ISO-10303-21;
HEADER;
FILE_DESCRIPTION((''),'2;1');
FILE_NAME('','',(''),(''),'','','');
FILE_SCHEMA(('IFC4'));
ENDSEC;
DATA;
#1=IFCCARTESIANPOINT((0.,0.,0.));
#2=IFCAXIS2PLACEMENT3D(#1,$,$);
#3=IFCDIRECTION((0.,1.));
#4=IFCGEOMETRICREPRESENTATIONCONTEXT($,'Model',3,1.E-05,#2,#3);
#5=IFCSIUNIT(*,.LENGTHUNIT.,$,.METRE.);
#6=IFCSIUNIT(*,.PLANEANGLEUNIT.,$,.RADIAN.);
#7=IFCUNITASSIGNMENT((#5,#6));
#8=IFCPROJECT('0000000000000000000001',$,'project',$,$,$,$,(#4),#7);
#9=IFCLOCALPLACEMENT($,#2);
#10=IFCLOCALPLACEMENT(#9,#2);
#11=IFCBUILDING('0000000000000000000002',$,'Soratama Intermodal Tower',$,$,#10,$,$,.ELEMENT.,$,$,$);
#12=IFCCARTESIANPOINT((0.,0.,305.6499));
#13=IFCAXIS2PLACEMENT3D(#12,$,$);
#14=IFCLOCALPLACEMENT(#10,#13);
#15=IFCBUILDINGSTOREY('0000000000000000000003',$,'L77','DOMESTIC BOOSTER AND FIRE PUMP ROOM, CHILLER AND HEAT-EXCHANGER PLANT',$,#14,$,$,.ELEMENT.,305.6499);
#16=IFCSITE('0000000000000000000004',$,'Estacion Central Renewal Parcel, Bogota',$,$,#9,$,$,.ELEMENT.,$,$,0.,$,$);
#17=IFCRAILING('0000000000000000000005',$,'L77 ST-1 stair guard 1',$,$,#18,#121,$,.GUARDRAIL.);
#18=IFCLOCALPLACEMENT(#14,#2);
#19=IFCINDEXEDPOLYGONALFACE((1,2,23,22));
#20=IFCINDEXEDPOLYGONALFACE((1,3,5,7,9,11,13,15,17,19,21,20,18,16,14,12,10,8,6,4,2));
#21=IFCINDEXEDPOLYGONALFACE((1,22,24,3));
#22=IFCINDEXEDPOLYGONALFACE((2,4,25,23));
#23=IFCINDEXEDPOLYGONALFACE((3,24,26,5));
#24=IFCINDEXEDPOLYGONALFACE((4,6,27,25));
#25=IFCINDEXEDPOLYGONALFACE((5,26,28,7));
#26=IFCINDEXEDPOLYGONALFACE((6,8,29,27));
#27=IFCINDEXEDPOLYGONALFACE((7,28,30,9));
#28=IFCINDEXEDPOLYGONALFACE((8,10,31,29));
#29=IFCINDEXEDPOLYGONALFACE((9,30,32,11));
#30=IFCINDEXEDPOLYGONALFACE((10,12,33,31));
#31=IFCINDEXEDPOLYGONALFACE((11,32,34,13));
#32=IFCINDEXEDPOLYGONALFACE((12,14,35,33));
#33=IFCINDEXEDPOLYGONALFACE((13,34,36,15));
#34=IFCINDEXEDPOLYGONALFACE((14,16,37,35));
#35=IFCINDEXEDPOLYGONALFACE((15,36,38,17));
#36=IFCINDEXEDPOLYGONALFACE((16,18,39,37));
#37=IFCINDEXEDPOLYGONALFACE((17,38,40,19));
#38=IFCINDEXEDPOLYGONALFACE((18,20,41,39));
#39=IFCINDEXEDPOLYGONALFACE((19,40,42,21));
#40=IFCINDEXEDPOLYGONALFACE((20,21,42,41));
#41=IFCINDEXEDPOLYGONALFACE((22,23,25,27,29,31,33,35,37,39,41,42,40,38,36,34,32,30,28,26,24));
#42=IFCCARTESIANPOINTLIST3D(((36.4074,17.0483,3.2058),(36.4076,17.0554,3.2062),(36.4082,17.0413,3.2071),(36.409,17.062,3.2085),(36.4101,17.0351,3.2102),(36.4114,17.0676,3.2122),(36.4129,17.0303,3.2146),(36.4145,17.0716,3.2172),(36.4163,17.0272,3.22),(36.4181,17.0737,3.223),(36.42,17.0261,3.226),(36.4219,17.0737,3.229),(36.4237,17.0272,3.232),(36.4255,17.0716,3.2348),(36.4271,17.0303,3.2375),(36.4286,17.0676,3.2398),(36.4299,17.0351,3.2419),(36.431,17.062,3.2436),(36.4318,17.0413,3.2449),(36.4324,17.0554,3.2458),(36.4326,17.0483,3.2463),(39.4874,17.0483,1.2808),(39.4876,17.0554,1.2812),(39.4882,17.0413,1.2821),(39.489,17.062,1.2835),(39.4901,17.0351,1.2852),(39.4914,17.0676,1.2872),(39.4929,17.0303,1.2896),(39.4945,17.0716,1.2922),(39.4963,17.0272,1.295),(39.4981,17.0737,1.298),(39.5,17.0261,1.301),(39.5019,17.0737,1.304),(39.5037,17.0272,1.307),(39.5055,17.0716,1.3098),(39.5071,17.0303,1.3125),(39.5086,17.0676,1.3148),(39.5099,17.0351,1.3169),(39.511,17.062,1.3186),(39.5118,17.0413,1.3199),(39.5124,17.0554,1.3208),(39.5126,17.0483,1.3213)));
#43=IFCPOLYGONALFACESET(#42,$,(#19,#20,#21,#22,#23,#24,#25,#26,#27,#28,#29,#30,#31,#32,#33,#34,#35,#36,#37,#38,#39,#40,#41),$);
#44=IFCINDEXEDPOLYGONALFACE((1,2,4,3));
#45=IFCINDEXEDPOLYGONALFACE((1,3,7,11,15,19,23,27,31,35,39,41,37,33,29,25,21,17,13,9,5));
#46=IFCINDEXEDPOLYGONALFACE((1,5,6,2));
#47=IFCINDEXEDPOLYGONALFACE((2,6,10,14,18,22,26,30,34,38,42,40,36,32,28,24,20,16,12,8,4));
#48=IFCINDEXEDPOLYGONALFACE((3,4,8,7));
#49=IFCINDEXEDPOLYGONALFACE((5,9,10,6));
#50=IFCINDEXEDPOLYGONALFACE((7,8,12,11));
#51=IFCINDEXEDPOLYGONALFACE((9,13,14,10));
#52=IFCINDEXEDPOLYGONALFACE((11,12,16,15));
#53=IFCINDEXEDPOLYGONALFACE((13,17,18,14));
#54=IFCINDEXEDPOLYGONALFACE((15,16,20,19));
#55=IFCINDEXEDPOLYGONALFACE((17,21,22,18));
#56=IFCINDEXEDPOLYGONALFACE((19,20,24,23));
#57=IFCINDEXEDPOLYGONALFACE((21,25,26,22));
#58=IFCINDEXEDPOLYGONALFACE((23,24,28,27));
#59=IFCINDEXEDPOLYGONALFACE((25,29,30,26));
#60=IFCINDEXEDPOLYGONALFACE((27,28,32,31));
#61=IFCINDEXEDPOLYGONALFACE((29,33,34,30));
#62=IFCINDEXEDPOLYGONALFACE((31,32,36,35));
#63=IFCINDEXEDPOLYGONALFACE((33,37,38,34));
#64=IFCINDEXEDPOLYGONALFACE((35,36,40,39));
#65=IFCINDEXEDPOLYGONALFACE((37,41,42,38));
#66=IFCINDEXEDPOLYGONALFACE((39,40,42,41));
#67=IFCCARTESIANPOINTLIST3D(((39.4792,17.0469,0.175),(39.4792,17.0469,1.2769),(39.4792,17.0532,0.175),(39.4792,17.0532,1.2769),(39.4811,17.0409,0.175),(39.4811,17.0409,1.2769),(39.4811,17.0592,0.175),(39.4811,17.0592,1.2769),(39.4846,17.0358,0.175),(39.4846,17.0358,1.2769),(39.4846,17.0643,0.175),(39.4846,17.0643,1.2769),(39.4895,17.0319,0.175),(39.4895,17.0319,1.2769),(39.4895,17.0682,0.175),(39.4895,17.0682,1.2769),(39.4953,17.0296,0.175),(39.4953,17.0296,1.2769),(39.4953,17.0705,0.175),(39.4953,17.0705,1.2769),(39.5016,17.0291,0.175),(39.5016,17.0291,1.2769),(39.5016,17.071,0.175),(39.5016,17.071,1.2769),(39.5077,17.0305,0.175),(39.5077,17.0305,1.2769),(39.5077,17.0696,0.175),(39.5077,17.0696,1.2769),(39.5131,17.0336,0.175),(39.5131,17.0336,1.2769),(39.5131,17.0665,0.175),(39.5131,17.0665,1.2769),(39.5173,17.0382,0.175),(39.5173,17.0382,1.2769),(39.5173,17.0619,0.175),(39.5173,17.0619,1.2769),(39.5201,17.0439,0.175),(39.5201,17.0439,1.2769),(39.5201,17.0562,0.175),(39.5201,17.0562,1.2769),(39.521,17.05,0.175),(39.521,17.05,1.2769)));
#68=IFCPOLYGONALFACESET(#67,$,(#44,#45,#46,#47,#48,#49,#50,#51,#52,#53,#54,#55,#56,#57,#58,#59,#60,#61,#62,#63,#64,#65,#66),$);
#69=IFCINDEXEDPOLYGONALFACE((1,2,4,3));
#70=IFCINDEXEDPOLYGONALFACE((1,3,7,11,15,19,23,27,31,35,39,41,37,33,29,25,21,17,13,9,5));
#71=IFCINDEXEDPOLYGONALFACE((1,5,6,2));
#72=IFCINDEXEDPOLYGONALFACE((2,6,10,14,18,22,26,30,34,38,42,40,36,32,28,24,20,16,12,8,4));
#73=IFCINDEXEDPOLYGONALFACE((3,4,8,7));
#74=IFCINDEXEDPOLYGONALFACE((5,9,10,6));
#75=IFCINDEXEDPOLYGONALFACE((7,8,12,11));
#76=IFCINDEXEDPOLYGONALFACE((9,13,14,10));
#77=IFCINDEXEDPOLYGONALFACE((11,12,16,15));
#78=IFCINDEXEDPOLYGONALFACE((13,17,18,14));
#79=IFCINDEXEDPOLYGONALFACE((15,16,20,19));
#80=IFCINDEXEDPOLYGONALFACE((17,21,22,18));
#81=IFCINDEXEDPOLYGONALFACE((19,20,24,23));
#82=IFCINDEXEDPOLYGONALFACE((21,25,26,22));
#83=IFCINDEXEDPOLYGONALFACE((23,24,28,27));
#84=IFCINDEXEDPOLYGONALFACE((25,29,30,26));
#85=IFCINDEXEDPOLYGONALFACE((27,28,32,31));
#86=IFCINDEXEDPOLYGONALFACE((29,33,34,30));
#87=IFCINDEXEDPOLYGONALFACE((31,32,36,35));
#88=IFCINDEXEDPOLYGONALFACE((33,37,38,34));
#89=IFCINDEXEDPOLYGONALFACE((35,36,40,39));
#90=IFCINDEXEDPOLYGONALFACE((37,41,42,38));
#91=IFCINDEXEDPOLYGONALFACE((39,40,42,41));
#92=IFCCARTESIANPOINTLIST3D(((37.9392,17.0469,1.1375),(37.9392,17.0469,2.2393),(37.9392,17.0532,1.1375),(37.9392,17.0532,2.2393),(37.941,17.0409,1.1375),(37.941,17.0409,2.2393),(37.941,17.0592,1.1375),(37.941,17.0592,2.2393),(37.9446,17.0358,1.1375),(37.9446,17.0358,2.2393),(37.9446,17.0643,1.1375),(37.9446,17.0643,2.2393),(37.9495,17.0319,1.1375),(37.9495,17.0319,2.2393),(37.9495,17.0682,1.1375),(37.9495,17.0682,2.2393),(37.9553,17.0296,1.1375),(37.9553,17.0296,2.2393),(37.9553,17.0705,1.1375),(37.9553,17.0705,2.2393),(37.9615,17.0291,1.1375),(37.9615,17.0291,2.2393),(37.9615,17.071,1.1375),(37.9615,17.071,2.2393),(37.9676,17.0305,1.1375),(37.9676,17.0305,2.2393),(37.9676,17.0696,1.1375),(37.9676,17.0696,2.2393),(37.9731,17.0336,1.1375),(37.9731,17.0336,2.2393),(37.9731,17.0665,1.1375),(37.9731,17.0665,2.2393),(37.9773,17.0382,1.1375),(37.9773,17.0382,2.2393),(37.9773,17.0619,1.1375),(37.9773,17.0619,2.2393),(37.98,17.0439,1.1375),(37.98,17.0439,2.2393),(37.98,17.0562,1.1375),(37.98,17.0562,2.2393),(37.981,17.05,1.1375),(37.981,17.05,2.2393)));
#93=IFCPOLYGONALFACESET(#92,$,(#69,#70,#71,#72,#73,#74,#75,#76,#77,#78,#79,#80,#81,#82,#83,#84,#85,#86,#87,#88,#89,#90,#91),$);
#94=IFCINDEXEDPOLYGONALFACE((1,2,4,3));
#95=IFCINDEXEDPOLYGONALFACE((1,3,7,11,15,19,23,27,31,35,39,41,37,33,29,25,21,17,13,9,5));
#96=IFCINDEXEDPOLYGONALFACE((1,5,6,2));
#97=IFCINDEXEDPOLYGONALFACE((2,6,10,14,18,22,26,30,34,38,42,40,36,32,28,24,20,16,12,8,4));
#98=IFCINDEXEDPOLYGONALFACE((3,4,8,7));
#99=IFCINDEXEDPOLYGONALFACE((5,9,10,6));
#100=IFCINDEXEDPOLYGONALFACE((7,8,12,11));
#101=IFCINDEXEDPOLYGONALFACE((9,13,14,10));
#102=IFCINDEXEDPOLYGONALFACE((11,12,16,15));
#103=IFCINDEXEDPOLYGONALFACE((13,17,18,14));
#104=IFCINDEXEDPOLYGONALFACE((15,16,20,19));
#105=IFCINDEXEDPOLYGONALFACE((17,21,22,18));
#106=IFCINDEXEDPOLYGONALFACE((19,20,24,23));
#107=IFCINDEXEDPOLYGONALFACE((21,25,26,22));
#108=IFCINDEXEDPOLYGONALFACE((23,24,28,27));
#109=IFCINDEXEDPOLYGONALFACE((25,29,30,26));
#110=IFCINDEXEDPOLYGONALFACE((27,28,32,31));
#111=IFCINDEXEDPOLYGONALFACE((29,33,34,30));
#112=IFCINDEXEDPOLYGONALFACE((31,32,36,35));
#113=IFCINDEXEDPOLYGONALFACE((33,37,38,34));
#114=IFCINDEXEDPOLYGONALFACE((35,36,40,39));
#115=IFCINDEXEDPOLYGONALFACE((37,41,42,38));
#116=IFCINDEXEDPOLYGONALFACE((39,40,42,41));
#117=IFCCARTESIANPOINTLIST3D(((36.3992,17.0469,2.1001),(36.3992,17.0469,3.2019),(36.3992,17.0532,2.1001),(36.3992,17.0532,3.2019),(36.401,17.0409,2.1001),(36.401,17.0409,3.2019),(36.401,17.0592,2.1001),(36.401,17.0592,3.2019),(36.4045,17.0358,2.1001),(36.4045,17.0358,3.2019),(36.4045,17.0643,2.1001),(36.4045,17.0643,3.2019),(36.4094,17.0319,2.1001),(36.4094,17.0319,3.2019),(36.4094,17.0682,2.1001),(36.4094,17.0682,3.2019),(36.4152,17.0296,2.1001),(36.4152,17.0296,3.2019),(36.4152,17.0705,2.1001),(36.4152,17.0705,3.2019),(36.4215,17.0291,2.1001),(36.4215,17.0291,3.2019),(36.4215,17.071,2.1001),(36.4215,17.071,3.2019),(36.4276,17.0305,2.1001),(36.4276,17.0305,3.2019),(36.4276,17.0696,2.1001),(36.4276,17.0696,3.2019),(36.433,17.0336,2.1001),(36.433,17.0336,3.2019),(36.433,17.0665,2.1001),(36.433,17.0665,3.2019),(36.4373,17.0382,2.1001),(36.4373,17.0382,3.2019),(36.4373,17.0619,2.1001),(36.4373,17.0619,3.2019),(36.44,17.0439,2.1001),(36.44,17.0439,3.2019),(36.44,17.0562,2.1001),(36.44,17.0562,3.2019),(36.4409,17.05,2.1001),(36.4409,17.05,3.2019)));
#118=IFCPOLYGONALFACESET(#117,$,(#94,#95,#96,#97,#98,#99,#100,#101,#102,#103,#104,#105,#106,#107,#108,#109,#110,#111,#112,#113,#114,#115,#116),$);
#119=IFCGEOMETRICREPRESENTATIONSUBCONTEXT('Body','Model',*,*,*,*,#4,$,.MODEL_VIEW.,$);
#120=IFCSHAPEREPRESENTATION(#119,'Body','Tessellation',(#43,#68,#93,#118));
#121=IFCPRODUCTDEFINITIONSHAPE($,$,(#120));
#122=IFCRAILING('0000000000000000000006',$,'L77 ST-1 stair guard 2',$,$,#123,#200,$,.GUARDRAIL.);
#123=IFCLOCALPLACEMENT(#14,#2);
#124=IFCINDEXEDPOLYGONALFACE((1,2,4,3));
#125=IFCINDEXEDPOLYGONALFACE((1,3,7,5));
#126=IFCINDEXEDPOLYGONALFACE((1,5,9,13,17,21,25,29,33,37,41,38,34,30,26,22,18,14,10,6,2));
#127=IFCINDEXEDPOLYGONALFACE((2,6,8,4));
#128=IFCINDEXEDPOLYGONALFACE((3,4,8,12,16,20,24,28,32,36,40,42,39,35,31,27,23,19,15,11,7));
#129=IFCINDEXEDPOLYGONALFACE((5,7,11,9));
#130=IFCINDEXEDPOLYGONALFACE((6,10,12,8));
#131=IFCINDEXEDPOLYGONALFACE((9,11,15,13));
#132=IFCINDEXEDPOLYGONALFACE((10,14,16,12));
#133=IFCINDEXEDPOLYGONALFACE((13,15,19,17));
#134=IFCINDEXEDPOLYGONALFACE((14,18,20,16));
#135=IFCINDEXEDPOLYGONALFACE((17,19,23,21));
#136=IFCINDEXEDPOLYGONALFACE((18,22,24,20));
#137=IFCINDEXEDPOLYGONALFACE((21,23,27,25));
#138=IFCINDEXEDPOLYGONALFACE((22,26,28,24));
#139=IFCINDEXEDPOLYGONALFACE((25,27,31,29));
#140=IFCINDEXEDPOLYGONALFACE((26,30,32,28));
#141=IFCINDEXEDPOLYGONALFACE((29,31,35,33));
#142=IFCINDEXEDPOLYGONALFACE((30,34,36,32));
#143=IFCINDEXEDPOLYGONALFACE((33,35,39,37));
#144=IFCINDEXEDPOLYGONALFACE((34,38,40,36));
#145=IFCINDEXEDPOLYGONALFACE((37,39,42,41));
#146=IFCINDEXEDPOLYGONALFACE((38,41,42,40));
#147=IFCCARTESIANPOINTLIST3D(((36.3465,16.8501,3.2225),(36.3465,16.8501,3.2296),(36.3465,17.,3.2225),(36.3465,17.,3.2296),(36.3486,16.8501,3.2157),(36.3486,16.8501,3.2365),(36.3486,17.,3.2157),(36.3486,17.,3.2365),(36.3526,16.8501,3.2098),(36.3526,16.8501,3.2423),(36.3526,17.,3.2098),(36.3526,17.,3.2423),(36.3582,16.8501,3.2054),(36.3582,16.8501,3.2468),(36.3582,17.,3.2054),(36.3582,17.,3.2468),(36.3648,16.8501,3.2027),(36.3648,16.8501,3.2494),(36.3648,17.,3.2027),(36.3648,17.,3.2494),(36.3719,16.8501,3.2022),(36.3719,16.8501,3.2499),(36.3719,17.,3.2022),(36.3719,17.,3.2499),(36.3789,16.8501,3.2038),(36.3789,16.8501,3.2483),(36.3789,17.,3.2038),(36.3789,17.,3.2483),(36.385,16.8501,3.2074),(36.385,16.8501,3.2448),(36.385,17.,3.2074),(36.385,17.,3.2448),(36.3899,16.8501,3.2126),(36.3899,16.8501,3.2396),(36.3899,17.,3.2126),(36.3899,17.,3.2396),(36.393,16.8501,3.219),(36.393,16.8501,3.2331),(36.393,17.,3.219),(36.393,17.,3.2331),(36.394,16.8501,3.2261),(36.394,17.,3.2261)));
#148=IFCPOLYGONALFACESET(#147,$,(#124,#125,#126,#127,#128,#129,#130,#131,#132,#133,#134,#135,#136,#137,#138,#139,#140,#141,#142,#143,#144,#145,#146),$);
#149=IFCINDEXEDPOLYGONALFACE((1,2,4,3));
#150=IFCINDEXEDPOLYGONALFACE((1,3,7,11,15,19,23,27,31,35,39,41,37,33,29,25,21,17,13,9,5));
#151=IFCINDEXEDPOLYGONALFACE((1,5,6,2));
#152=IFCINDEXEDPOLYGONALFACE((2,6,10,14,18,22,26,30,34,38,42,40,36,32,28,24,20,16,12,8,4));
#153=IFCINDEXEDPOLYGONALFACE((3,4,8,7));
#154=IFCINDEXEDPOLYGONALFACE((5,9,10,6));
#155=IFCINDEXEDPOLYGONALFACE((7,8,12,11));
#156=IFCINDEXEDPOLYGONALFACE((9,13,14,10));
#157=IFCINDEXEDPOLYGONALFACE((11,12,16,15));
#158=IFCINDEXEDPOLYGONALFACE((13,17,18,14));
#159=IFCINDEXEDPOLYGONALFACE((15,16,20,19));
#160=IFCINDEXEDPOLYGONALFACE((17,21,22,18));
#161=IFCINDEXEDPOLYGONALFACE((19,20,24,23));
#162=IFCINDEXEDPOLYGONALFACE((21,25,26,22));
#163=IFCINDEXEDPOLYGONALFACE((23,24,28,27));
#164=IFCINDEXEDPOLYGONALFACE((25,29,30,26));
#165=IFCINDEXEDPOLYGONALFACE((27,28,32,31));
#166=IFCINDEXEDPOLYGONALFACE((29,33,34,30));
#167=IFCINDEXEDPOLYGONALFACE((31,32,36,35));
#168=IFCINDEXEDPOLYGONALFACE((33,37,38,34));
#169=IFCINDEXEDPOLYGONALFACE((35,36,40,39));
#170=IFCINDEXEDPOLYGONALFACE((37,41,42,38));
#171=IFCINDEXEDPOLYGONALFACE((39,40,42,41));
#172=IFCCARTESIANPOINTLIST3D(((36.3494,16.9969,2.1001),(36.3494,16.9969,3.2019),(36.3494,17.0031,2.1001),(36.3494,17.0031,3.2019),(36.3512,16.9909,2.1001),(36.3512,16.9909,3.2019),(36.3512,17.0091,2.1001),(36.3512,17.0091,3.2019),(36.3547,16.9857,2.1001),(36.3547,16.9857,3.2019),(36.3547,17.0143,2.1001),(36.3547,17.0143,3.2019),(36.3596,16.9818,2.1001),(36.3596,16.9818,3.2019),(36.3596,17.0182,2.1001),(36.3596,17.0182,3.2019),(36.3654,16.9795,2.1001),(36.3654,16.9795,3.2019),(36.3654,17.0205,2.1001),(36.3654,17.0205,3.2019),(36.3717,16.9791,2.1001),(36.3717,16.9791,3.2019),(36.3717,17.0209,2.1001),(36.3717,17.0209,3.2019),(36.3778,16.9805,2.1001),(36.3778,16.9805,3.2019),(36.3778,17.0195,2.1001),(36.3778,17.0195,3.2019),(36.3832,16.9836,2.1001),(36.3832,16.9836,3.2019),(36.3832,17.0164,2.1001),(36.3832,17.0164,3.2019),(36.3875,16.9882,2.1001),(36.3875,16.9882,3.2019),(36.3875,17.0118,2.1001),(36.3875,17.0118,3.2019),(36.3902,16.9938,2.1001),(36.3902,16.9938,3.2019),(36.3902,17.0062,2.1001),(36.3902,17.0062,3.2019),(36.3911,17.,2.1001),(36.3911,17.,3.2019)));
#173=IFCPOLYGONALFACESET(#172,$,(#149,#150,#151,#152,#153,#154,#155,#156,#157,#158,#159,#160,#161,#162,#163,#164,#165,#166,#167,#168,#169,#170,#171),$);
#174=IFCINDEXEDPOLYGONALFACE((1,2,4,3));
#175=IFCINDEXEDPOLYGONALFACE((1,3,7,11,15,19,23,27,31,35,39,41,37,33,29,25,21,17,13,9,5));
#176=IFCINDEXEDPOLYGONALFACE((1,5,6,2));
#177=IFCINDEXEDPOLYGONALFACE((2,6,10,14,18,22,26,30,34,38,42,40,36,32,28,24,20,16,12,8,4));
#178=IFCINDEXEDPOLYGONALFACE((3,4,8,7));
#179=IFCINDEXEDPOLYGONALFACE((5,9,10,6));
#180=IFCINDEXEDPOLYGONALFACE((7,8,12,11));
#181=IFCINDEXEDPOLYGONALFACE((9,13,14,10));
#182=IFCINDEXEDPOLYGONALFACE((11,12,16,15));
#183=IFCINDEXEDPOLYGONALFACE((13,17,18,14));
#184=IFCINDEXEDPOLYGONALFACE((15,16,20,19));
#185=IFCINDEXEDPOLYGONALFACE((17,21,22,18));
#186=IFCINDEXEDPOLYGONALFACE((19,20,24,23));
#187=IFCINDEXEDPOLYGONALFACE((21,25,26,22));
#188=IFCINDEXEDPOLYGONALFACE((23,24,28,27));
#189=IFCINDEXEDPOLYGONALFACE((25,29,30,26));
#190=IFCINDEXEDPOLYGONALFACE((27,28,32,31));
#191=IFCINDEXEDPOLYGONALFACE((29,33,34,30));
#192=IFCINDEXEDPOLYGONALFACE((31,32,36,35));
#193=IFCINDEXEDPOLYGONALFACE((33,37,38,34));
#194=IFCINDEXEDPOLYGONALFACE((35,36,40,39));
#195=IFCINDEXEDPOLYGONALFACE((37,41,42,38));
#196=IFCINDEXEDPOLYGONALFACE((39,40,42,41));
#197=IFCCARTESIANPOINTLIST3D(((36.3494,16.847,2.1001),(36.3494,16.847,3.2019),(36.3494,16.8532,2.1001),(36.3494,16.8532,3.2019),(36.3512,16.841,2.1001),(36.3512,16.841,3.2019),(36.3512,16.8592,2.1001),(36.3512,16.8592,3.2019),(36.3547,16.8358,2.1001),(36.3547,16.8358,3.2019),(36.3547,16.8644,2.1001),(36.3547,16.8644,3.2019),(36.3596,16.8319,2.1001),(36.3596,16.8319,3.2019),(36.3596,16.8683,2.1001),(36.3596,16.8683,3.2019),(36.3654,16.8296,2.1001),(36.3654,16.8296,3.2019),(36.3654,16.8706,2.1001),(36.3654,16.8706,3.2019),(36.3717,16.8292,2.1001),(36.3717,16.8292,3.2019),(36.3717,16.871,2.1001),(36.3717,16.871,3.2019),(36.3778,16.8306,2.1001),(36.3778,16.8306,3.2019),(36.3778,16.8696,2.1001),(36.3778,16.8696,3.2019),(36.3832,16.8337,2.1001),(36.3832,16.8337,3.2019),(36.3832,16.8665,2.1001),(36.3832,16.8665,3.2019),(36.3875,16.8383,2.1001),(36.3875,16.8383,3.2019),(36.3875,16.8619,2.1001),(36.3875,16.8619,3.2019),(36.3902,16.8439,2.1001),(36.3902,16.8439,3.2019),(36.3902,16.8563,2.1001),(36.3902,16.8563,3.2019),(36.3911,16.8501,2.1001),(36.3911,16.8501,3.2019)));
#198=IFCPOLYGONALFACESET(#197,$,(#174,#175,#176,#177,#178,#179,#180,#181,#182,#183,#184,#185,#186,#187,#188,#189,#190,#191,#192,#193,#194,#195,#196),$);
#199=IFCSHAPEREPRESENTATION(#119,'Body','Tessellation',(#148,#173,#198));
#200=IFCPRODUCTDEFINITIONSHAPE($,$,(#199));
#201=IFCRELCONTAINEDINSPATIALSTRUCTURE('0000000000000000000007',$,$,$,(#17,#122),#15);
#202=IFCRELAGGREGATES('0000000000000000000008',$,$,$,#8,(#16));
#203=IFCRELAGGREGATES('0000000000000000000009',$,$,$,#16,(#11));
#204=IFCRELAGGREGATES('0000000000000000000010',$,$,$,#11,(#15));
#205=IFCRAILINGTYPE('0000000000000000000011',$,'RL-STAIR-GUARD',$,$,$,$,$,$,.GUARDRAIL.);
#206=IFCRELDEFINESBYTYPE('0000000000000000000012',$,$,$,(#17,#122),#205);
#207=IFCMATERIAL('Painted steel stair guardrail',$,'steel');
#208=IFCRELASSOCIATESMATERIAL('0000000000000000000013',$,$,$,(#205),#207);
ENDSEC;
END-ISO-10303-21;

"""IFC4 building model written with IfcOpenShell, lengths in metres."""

from ifc_helpers import new_model, si_unit, direction, frame, origin, origin_2d, place, context, subcontext, project, spatial, circle, extrude, material, type_object, element, save


model = new_model("IFC4")

# Units and contexts
model_context = context("Model", 3, precision=1e-05, world=origin(), true_north=direction((0.0, 1.0)))
body_context = subcontext(model_context, "Body", "Model", "MODEL_VIEW")
ifc_project = project(units=[si_unit("LENGTHUNIT", "METRE"), si_unit("PLANEANGLEUNIT", "RADIAN")], contexts=[model_context])

# Site, building, storey
site_placement = place(None, origin())
site = spatial("IfcSite", under=ifc_project, at=site_placement, Name="Estacion Central Renewal Parcel, Bogota", CompositionType="ELEMENT", RefElevation=0.0)
building_placement = place(site_placement, origin())
building = spatial("IfcBuilding", under=site, at=building_placement, Name="Soratama Intermodal Tower", CompositionType="ELEMENT")
storey_placement = place(building_placement, frame((0.0, 0.0, 305.6499)))
storey = spatial("IfcBuildingStorey", under=building, at=storey_placement, Name="L77", Description="DOMESTIC BOOSTER AND FIRE PUMP ROOM, CHILLER AND HEAT-EXCHANGER PLANT", CompositionType="ELEMENT", Elevation=305.6499)

# Railings
ifc_material_1 = material(Name="Painted steel stair guardrail", Category="steel")
railing_type_1 = type_object("IfcRailingType", Name="RL-STAIR-GUARD", PredefinedType="GUARDRAIL", material=ifc_material_1)
railing_1_placement = place(storey_placement, frame((39.5, 17.05, 0.175)))
element("IfcRailing", 1, at=railing_1_placement, inside=storey, type_object=railing_type_1, Name="L77 ST-1 stair guard 1", PredefinedType="GUARDRAIL", context=body_context, shape_type="SweptSolid", body=[
    extrude(circle(Radius=0.0239, at=origin_2d()), frame((0.0, 0.0, 1.126), z_axis=(-0.847998, 0.0, 0.529999), x_axis=(0.0, -1.0, 0.0)), (0.0, 0.0, 1.0), 3.6321),
    extrude(circle(Radius=0.021, at=origin_2d()), origin(), (0.0, 0.0, 1.0), 1.1018),
    extrude(circle(Radius=0.021, at=origin_2d()), frame((-1.54, 0.0, 0.9624)), (0.0, 0.0, 1.0), 1.1018),
    extrude(circle(Radius=0.021, at=origin_2d()), frame((-3.0801, 0.0, 1.925)), (0.0, 0.0, 1.0), 1.1018),
])
railing_2_placement = place(storey_placement, frame((36.3701, 17.0, 2.1001)))
element("IfcRailing", 2, at=railing_2_placement, inside=storey, type_object=railing_type_1, Name="L77 ST-1 stair guard 2", PredefinedType="GUARDRAIL", context=body_context, shape_type="SweptSolid", body=[
    extrude(circle(Radius=0.0239, at=origin_2d()), frame((0.0, 0.0, 1.126), z_axis=(0.0, -1.0, 0.0), x_axis=(1.0, 0.0, 0.0)), (0.0, 0.0, 1.0), 0.1499),
    extrude(circle(Radius=0.021, at=origin_2d()), origin(), (0.0, 0.0, 1.0), 1.1018),
    extrude(circle(Radius=0.021, at=origin_2d()), frame((0.0, -0.1499, 0.0)), (0.0, 0.0, 1.0), 1.1018),
])

save(model, "model.ifc")
